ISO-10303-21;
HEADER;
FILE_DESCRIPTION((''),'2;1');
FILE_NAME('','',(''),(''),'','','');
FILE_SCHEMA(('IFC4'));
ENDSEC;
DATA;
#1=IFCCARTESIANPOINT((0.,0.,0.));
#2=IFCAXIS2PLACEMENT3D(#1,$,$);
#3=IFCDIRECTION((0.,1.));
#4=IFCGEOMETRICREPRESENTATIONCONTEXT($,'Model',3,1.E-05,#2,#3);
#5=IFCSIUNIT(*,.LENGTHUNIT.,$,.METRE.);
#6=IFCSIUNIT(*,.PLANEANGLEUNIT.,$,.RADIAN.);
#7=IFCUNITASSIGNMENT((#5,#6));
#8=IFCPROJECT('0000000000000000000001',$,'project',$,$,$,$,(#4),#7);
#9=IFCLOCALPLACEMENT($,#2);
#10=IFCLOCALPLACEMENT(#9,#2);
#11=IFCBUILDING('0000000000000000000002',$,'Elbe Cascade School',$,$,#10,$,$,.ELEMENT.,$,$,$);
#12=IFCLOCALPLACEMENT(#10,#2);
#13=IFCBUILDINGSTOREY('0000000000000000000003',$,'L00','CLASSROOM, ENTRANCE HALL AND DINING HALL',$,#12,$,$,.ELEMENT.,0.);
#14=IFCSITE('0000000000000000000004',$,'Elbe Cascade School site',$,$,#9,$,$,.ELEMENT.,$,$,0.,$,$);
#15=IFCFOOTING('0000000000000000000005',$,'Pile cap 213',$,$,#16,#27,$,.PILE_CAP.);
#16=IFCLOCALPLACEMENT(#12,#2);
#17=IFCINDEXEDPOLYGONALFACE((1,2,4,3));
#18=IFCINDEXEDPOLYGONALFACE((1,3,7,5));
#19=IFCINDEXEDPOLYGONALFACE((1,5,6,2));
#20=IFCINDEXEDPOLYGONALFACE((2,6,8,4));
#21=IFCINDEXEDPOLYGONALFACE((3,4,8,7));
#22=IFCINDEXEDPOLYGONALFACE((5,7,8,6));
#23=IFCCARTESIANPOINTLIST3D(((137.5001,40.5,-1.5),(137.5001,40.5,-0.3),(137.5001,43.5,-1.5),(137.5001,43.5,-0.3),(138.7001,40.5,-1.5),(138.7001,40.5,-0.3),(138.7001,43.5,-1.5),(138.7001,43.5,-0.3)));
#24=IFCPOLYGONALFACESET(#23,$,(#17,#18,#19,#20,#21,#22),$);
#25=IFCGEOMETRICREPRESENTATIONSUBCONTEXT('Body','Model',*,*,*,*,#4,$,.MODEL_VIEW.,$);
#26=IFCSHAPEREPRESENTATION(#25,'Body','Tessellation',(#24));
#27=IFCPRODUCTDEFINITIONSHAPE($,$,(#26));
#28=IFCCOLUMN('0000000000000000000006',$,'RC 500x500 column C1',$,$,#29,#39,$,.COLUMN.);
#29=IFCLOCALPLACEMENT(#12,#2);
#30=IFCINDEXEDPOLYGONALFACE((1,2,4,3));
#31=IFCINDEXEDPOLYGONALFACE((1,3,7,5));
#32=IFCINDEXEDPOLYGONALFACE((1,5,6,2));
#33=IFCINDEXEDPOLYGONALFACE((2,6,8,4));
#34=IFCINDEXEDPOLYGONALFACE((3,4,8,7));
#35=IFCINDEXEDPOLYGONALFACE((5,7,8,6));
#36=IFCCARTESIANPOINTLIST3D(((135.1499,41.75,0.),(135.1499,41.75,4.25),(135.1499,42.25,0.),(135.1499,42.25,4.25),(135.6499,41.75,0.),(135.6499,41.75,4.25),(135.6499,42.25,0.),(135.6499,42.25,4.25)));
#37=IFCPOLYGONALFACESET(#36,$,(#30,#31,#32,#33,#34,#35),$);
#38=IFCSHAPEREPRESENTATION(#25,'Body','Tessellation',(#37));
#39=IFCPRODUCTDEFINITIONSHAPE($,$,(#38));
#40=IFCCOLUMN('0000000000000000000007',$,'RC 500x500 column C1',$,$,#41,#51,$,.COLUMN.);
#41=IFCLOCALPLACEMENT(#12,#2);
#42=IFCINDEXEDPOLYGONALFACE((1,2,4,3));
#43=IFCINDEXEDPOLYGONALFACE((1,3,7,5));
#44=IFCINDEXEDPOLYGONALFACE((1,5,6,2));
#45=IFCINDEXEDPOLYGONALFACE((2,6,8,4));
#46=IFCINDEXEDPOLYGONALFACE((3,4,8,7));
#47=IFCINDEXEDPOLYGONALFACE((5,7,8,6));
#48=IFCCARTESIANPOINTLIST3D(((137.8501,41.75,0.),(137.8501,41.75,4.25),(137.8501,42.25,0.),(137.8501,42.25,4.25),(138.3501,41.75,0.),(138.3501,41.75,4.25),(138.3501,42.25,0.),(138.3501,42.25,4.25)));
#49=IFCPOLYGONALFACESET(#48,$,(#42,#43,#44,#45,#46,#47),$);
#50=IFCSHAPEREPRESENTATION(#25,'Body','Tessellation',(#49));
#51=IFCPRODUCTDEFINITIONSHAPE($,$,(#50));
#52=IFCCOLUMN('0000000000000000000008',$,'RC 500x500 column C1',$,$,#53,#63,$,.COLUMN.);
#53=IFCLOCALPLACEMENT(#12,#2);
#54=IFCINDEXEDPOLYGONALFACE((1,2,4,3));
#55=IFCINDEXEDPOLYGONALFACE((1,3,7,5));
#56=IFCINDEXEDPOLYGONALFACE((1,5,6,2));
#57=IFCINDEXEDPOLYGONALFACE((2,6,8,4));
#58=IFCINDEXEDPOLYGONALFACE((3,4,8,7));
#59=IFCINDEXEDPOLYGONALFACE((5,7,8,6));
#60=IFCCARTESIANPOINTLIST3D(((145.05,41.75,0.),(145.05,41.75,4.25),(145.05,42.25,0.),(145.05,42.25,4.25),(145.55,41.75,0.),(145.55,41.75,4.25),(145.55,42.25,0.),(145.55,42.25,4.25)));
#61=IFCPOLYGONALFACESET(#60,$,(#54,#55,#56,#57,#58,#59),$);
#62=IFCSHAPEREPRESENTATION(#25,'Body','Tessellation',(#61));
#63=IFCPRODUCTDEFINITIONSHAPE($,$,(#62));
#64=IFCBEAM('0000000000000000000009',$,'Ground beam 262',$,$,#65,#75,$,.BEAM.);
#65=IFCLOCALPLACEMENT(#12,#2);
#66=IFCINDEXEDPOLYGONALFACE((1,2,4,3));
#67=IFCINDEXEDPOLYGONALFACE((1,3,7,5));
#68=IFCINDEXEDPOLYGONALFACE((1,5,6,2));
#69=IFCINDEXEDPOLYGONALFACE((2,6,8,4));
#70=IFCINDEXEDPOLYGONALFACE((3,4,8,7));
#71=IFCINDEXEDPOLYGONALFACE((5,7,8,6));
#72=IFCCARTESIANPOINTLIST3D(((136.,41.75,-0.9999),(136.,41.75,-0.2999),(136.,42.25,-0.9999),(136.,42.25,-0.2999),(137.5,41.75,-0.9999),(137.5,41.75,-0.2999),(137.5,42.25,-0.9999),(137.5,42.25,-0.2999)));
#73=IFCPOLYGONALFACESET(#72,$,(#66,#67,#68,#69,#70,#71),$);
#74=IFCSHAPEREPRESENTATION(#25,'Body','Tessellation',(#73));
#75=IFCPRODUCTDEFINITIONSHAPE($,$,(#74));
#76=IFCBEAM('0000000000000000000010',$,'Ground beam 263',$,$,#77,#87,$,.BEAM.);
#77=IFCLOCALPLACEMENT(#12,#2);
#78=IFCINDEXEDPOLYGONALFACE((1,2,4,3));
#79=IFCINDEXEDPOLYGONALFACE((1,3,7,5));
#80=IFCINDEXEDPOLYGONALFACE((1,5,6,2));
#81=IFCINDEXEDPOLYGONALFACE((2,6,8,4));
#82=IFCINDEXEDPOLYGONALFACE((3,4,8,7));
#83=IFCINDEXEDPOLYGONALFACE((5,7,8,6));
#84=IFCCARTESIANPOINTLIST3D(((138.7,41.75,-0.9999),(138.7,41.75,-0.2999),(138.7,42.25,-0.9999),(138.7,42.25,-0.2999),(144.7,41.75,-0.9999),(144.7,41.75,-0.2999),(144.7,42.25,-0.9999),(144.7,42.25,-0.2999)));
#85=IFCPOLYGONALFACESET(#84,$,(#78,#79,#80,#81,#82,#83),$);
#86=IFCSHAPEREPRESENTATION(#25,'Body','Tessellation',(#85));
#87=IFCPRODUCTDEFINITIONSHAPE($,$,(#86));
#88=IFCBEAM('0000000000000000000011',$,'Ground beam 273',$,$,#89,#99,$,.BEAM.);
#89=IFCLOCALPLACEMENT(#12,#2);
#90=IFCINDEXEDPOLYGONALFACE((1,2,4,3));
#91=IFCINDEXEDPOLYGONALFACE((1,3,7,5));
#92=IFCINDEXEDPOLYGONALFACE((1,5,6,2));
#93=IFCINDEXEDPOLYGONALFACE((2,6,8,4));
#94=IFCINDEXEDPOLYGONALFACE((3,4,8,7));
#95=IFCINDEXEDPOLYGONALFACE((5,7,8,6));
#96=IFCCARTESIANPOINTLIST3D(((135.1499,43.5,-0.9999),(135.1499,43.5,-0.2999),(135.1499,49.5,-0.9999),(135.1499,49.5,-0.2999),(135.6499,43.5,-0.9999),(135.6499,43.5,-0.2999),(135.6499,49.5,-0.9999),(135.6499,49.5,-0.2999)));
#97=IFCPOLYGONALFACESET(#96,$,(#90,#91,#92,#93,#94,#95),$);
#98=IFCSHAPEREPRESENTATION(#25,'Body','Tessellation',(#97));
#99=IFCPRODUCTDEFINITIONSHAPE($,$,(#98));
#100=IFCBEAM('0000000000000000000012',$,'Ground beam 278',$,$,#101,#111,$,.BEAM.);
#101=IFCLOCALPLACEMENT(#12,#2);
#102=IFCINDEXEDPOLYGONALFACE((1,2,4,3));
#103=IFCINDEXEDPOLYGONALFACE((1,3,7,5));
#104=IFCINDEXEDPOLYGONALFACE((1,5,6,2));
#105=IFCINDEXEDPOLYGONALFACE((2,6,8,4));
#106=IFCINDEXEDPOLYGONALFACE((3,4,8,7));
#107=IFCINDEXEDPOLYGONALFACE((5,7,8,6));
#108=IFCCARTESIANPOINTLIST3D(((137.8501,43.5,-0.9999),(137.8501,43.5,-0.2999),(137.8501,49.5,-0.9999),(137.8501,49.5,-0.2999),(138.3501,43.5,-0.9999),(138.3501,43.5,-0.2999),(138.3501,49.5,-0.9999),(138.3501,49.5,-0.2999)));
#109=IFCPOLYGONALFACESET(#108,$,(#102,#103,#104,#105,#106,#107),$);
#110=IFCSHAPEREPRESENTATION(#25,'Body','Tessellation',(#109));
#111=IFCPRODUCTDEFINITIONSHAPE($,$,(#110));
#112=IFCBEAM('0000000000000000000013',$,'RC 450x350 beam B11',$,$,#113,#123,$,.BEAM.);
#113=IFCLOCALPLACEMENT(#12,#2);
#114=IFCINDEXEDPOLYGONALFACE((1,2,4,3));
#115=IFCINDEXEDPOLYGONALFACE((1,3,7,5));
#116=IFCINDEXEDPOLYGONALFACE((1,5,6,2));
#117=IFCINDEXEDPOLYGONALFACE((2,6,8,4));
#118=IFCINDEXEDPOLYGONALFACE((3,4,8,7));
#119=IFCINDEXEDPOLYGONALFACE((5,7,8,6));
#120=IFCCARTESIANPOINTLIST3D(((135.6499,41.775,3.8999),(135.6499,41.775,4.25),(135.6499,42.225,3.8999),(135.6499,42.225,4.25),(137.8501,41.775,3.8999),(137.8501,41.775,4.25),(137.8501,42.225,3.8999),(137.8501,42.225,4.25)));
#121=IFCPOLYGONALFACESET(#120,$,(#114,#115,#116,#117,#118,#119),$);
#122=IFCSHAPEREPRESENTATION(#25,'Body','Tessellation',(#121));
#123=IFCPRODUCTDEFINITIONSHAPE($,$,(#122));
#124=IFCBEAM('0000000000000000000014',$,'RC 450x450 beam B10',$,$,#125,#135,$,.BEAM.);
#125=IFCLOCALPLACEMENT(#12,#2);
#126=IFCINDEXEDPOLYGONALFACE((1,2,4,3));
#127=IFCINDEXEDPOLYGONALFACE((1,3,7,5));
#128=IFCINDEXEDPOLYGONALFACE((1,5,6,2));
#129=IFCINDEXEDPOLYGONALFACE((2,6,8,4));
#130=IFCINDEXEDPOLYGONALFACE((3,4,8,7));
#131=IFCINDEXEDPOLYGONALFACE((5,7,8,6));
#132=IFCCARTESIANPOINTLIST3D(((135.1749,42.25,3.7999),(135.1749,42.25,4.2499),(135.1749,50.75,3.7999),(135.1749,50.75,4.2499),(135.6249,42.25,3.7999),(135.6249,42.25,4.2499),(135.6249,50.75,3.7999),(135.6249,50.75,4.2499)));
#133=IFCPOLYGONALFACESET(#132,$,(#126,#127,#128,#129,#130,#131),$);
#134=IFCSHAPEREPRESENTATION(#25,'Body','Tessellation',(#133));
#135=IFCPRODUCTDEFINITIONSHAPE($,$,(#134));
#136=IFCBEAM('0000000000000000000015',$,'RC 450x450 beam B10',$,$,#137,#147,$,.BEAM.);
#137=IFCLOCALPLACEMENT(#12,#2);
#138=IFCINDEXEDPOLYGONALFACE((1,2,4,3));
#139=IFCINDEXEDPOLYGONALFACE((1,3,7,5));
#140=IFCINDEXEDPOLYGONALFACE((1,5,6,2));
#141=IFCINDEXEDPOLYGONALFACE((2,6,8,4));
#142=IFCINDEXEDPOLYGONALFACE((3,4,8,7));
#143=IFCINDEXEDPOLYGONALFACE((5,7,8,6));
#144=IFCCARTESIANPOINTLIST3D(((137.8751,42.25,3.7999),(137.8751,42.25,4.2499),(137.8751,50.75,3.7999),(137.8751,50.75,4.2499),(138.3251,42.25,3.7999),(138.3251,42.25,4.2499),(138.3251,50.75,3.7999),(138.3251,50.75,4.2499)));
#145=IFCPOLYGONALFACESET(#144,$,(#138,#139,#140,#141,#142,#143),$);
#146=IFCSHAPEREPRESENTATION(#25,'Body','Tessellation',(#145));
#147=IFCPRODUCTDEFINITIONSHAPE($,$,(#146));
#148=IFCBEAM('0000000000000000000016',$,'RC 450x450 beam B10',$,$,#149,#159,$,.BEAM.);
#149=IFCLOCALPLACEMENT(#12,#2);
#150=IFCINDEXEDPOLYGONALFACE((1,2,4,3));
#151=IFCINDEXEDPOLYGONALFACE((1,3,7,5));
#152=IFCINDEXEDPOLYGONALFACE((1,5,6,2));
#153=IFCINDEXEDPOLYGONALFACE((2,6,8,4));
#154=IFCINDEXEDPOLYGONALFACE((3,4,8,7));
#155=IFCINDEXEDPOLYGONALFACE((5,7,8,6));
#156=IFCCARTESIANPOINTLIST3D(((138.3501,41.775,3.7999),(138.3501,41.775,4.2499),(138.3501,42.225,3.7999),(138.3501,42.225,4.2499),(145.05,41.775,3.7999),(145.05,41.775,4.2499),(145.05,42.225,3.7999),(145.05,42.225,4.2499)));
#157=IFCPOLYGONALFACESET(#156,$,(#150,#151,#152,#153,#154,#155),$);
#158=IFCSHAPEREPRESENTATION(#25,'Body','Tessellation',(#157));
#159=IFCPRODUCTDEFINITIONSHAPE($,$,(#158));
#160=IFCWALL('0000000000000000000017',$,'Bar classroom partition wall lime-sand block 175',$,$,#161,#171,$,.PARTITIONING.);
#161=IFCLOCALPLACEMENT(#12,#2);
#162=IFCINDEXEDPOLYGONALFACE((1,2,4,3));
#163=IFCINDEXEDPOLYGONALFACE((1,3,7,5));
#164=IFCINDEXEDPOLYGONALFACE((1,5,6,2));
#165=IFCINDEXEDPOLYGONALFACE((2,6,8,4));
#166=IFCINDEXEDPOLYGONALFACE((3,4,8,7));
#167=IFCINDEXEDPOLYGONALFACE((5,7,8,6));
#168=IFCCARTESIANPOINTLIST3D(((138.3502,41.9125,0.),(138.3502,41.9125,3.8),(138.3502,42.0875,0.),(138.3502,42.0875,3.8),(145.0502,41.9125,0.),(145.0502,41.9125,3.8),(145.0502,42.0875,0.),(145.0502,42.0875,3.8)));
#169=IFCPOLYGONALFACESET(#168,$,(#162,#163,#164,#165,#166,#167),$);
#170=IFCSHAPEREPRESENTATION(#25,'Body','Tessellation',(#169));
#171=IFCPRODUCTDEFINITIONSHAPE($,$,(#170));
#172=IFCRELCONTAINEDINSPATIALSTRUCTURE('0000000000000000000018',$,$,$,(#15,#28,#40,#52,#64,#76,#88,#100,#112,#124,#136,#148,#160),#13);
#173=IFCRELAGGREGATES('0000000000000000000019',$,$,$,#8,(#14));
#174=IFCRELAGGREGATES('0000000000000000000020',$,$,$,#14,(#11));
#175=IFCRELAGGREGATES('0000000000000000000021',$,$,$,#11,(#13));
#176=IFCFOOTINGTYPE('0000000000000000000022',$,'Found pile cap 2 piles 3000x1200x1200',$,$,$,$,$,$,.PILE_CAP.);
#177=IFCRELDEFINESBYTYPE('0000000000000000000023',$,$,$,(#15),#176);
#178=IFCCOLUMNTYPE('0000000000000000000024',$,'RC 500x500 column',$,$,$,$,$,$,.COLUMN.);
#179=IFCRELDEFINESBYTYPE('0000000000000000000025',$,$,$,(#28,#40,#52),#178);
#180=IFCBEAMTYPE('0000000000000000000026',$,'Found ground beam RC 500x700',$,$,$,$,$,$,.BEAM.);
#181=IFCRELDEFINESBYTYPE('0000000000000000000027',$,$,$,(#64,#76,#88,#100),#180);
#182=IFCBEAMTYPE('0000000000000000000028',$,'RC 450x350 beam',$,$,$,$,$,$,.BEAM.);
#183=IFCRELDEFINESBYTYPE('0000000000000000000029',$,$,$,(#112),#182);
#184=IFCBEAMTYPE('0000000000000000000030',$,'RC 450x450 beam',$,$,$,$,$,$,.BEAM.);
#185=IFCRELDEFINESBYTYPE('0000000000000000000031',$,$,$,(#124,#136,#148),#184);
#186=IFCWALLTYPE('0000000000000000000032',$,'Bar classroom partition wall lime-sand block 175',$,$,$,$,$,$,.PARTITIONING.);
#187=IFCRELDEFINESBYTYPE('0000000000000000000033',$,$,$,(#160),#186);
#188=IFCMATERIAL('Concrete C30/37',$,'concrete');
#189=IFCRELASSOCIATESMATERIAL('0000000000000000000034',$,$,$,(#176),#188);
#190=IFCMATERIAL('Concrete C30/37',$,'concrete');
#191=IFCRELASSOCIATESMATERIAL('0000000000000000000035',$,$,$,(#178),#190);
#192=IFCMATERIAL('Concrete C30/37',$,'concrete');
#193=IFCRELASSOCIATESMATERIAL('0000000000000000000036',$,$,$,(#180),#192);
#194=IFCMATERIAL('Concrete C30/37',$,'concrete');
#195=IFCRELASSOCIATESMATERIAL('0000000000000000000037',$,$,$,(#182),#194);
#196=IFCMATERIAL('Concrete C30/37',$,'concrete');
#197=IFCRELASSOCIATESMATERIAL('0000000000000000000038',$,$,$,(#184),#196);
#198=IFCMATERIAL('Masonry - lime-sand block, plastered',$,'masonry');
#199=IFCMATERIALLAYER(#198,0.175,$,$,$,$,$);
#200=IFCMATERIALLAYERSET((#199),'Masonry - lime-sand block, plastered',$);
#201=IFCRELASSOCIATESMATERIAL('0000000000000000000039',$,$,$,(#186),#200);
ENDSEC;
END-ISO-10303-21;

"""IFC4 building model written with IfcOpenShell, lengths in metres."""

from ifc_helpers import new_model, si_unit, direction, frame, frame_2d, origin, origin_2d, place, context, subcontext, project, spatial, rectangle, extrude, material, layer, layer_set, material_profile, profile_set, type_object, element, save


model = new_model("IFC4")

# Units and contexts
model_context = context("Model", 3, precision=1e-05, world=origin(), true_north=direction((0.0, 1.0)))
body_context = subcontext(model_context, "Body", "Model", "MODEL_VIEW")
ifc_project = project(units=[si_unit("LENGTHUNIT", "METRE"), si_unit("PLANEANGLEUNIT", "RADIAN")], contexts=[model_context])

# Site, building, storey
site_placement = place(None, origin())
site = spatial("IfcSite", under=ifc_project, at=site_placement, Name="Elbe Cascade School site", CompositionType="ELEMENT", RefElevation=0.0)
building_placement = place(site_placement, origin())
building = spatial("IfcBuilding", under=site, at=building_placement, Name="Elbe Cascade School", CompositionType="ELEMENT")
storey_placement = place(building_placement, origin())
storey = spatial("IfcBuildingStorey", under=building, at=storey_placement, Name="L00", Description="CLASSROOM, ENTRANCE HALL AND DINING HALL", CompositionType="ELEMENT", Elevation=0.0)

# Footing
ifc_material_1 = material(Name="Concrete C30/37", Category="concrete")
footing_type = type_object("IfcFootingType", Name="Found pile cap 2 piles 3000x1200x1200", PredefinedType="PILE_CAP", material=ifc_material_1)
for number, where, z_axis, x_axis, name in (
    (1, (138.1001, 42.0, -1.5), (0.0, 0.0, 1.0), (1.0, 0.0, 0.0), "Pile cap 213"),
):
    element("IfcFooting", number, at=place(storey_placement, frame(where, z_axis=z_axis, x_axis=x_axis)), inside=storey, type_object=footing_type, Name=name, PredefinedType="PILE_CAP", context=body_context, shape_type="SweptSolid", body=[
        extrude(rectangle(XDim=1.2, YDim=3.0, at=origin_2d()), origin(), (0.0, 0.0, 1.0), 1.2),
    ])

# Columns
ifc_material_2 = material(Name="Concrete C30/37", Category="concrete")
ifc_material_profile_1 = material_profile(ifc_material_2, rectangle(XDim=0.5, YDim=0.5, at=origin_2d()), Name="RC 500x500")
ifc_profile_set_1 = profile_set([ifc_material_profile_1], Name="Concrete C30/37")
column_type = type_object("IfcColumnType", Name="RC 500x500 column", PredefinedType="COLUMN", material=ifc_profile_set_1)
for number, where, z_axis, x_axis, name in (
    (2, (135.3999, 42.0, 0.0), (0.0, 0.0, 1.0), (1.0, 0.0, 0.0), "RC 500x500 column C1"),
    (3, (138.1001, 42.0, 0.0), (0.0, 0.0, 1.0), (1.0, 0.0, 0.0), "RC 500x500 column C1"),
    (4, (145.3, 42.0, 0.0), (0.0, 0.0, 1.0), (1.0, 0.0, 0.0), "RC 500x500 column C1"),
):
    element("IfcColumn", number, at=place(storey_placement, frame(where, z_axis=z_axis, x_axis=x_axis)), inside=storey, type_object=column_type, Name=name, PredefinedType="COLUMN", context=body_context, shape_type="SweptSolid", body=[
        extrude(rectangle(XDim=0.5, YDim=0.5, at=origin_2d()), origin(), (0.0, 0.0, 1.0), 4.25),
    ])

# Beams
ifc_material_3 = material(Name="Concrete C30/37", Category="concrete")
ifc_material_profile_2 = material_profile(ifc_material_3, rectangle(XDim=0.5, YDim=0.7, at=origin_2d()), Name="RC 500x700")
ifc_profile_set_2 = profile_set([ifc_material_profile_2], Name="Concrete C30/37")
beam_type_1 = type_object("IfcBeamType", Name="Found ground beam RC 500x700", PredefinedType="BEAM", material=ifc_profile_set_2)
beam_1_placement = place(storey_placement, frame((136.0, 42.0, -0.6499), z_axis=(1.0, 0.0, 0.0), x_axis=(0.0, 1.0, 0.0)))
element("IfcBeam", 5, at=beam_1_placement, inside=storey, type_object=beam_type_1, Name="Ground beam 262", PredefinedType="BEAM", context=body_context, shape_type="SweptSolid", body=[
    extrude(rectangle(XDim=0.5, YDim=0.7, at=origin_2d()), origin(), (0.0, 0.0, 1.0), 1.5),
])
for number, where, z_axis, x_axis, name in (
    (6, (138.7, 42.0, -0.6499), (1.0, 0.0, 0.0), (0.0, 1.0, 0.0), "Ground beam 263"),
    (7, (135.3999, 43.5, -0.6499), (0.0, 1.0, 0.0), (-1.0, 0.0, 0.0), "Ground beam 273"),
    (8, (138.1001, 43.5, -0.6499), (0.0, 1.0, 0.0), (-1.0, 0.0, 0.0), "Ground beam 278"),
):
    element("IfcBeam", number, at=place(storey_placement, frame(where, z_axis=z_axis, x_axis=x_axis)), inside=storey, type_object=beam_type_1, Name=name, PredefinedType="BEAM", context=body_context, shape_type="SweptSolid", body=[
        extrude(rectangle(XDim=0.5, YDim=0.7, at=origin_2d()), origin(), (0.0, 0.0, 1.0), 6.0),
    ])
ifc_material_4 = material(Name="Concrete C30/37", Category="concrete")
ifc_material_profile_3 = material_profile(ifc_material_4, rectangle(XDim=0.45, YDim=0.3501, at=origin_2d()), Name="RC 450x350")
ifc_profile_set_3 = profile_set([ifc_material_profile_3], Name="Concrete C30/37")
beam_type_2 = type_object("IfcBeamType", Name="RC 450x350 beam", PredefinedType="BEAM", material=ifc_profile_set_3)
beam_2_placement = place(storey_placement, frame((135.6499, 42.0, 4.075), z_axis=(1.0, 0.0, 0.0), x_axis=(0.0, 1.0, 0.0)))
element("IfcBeam", 9, at=beam_2_placement, inside=storey, type_object=beam_type_2, Name="RC 450x350 beam B11", PredefinedType="BEAM", context=body_context, shape_type="SweptSolid", body=[
    extrude(rectangle(XDim=0.45, YDim=0.3501, at=origin_2d()), origin(), (0.0, 0.0, 1.0), 2.2002),
])
ifc_material_5 = material(Name="Concrete C30/37", Category="concrete")
ifc_material_profile_4 = material_profile(ifc_material_5, rectangle(XDim=0.45, YDim=0.45, at=origin_2d()), Name="RC 450x450")
ifc_profile_set_4 = profile_set([ifc_material_profile_4], Name="Concrete C30/37")
beam_type_3 = type_object("IfcBeamType", Name="RC 450x450 beam", PredefinedType="BEAM", material=ifc_profile_set_4)
for number, where, z_axis, x_axis, name in (
    (10, (135.3999, 42.25, 4.0249), (0.0, 1.0, 0.0), (-1.0, 0.0, 0.0), "RC 450x450 beam B10"),
    (11, (138.1001, 42.25, 4.0249), (0.0, 1.0, 0.0), (-1.0, 0.0, 0.0), "RC 450x450 beam B10"),
):
    element("IfcBeam", number, at=place(storey_placement, frame(where, z_axis=z_axis, x_axis=x_axis)), inside=storey, type_object=beam_type_3, Name=name, PredefinedType="BEAM", context=body_context, shape_type="SweptSolid", body=[
        extrude(rectangle(XDim=0.45, YDim=0.45, at=origin_2d()), origin(), (0.0, 0.0, 1.0), 8.5),
    ])
beam_3_placement = place(storey_placement, frame((138.3501, 42.0, 4.0249), z_axis=(1.0, 0.0, 0.0), x_axis=(0.0, 1.0, 0.0)))
element("IfcBeam", 12, at=beam_3_placement, inside=storey, type_object=beam_type_3, Name="RC 450x450 beam B10", PredefinedType="BEAM", context=body_context, shape_type="SweptSolid", body=[
    extrude(rectangle(XDim=0.45, YDim=0.45, at=origin_2d()), origin(), (0.0, 0.0, 1.0), 6.7),
])

# Wall
ifc_material_6 = material(Name="Masonry - lime-sand block, plastered", Category="masonry")
ifc_layer_1 = layer(ifc_material_6, 0.175)
ifc_layer_set_1 = layer_set([ifc_layer_1], Name="Masonry - lime-sand block, plastered")
wall_type_1 = type_object("IfcWallType", Name="Bar classroom partition wall lime-sand block 175", PredefinedType="PARTITIONING", material=ifc_layer_set_1)
wall_1_placement = place(storey_placement, frame((138.3501, 42.0, 0.0), z_axis=(0.0, 0.0, 1.0), x_axis=(1.0, 0.0, 0.0)))
element("IfcWall", 13, at=wall_1_placement, inside=storey, type_object=wall_type_1, Name="Bar classroom partition wall lime-sand block 175", PredefinedType="PARTITIONING", context=body_context, shape_type="SweptSolid", body=[
    extrude(rectangle(XDim=6.7, YDim=0.175, at=frame_2d((3.3501, 0.0))), origin(), (0.0, 0.0, 1.0), 3.8),
])

save(model, "model.ifc")
